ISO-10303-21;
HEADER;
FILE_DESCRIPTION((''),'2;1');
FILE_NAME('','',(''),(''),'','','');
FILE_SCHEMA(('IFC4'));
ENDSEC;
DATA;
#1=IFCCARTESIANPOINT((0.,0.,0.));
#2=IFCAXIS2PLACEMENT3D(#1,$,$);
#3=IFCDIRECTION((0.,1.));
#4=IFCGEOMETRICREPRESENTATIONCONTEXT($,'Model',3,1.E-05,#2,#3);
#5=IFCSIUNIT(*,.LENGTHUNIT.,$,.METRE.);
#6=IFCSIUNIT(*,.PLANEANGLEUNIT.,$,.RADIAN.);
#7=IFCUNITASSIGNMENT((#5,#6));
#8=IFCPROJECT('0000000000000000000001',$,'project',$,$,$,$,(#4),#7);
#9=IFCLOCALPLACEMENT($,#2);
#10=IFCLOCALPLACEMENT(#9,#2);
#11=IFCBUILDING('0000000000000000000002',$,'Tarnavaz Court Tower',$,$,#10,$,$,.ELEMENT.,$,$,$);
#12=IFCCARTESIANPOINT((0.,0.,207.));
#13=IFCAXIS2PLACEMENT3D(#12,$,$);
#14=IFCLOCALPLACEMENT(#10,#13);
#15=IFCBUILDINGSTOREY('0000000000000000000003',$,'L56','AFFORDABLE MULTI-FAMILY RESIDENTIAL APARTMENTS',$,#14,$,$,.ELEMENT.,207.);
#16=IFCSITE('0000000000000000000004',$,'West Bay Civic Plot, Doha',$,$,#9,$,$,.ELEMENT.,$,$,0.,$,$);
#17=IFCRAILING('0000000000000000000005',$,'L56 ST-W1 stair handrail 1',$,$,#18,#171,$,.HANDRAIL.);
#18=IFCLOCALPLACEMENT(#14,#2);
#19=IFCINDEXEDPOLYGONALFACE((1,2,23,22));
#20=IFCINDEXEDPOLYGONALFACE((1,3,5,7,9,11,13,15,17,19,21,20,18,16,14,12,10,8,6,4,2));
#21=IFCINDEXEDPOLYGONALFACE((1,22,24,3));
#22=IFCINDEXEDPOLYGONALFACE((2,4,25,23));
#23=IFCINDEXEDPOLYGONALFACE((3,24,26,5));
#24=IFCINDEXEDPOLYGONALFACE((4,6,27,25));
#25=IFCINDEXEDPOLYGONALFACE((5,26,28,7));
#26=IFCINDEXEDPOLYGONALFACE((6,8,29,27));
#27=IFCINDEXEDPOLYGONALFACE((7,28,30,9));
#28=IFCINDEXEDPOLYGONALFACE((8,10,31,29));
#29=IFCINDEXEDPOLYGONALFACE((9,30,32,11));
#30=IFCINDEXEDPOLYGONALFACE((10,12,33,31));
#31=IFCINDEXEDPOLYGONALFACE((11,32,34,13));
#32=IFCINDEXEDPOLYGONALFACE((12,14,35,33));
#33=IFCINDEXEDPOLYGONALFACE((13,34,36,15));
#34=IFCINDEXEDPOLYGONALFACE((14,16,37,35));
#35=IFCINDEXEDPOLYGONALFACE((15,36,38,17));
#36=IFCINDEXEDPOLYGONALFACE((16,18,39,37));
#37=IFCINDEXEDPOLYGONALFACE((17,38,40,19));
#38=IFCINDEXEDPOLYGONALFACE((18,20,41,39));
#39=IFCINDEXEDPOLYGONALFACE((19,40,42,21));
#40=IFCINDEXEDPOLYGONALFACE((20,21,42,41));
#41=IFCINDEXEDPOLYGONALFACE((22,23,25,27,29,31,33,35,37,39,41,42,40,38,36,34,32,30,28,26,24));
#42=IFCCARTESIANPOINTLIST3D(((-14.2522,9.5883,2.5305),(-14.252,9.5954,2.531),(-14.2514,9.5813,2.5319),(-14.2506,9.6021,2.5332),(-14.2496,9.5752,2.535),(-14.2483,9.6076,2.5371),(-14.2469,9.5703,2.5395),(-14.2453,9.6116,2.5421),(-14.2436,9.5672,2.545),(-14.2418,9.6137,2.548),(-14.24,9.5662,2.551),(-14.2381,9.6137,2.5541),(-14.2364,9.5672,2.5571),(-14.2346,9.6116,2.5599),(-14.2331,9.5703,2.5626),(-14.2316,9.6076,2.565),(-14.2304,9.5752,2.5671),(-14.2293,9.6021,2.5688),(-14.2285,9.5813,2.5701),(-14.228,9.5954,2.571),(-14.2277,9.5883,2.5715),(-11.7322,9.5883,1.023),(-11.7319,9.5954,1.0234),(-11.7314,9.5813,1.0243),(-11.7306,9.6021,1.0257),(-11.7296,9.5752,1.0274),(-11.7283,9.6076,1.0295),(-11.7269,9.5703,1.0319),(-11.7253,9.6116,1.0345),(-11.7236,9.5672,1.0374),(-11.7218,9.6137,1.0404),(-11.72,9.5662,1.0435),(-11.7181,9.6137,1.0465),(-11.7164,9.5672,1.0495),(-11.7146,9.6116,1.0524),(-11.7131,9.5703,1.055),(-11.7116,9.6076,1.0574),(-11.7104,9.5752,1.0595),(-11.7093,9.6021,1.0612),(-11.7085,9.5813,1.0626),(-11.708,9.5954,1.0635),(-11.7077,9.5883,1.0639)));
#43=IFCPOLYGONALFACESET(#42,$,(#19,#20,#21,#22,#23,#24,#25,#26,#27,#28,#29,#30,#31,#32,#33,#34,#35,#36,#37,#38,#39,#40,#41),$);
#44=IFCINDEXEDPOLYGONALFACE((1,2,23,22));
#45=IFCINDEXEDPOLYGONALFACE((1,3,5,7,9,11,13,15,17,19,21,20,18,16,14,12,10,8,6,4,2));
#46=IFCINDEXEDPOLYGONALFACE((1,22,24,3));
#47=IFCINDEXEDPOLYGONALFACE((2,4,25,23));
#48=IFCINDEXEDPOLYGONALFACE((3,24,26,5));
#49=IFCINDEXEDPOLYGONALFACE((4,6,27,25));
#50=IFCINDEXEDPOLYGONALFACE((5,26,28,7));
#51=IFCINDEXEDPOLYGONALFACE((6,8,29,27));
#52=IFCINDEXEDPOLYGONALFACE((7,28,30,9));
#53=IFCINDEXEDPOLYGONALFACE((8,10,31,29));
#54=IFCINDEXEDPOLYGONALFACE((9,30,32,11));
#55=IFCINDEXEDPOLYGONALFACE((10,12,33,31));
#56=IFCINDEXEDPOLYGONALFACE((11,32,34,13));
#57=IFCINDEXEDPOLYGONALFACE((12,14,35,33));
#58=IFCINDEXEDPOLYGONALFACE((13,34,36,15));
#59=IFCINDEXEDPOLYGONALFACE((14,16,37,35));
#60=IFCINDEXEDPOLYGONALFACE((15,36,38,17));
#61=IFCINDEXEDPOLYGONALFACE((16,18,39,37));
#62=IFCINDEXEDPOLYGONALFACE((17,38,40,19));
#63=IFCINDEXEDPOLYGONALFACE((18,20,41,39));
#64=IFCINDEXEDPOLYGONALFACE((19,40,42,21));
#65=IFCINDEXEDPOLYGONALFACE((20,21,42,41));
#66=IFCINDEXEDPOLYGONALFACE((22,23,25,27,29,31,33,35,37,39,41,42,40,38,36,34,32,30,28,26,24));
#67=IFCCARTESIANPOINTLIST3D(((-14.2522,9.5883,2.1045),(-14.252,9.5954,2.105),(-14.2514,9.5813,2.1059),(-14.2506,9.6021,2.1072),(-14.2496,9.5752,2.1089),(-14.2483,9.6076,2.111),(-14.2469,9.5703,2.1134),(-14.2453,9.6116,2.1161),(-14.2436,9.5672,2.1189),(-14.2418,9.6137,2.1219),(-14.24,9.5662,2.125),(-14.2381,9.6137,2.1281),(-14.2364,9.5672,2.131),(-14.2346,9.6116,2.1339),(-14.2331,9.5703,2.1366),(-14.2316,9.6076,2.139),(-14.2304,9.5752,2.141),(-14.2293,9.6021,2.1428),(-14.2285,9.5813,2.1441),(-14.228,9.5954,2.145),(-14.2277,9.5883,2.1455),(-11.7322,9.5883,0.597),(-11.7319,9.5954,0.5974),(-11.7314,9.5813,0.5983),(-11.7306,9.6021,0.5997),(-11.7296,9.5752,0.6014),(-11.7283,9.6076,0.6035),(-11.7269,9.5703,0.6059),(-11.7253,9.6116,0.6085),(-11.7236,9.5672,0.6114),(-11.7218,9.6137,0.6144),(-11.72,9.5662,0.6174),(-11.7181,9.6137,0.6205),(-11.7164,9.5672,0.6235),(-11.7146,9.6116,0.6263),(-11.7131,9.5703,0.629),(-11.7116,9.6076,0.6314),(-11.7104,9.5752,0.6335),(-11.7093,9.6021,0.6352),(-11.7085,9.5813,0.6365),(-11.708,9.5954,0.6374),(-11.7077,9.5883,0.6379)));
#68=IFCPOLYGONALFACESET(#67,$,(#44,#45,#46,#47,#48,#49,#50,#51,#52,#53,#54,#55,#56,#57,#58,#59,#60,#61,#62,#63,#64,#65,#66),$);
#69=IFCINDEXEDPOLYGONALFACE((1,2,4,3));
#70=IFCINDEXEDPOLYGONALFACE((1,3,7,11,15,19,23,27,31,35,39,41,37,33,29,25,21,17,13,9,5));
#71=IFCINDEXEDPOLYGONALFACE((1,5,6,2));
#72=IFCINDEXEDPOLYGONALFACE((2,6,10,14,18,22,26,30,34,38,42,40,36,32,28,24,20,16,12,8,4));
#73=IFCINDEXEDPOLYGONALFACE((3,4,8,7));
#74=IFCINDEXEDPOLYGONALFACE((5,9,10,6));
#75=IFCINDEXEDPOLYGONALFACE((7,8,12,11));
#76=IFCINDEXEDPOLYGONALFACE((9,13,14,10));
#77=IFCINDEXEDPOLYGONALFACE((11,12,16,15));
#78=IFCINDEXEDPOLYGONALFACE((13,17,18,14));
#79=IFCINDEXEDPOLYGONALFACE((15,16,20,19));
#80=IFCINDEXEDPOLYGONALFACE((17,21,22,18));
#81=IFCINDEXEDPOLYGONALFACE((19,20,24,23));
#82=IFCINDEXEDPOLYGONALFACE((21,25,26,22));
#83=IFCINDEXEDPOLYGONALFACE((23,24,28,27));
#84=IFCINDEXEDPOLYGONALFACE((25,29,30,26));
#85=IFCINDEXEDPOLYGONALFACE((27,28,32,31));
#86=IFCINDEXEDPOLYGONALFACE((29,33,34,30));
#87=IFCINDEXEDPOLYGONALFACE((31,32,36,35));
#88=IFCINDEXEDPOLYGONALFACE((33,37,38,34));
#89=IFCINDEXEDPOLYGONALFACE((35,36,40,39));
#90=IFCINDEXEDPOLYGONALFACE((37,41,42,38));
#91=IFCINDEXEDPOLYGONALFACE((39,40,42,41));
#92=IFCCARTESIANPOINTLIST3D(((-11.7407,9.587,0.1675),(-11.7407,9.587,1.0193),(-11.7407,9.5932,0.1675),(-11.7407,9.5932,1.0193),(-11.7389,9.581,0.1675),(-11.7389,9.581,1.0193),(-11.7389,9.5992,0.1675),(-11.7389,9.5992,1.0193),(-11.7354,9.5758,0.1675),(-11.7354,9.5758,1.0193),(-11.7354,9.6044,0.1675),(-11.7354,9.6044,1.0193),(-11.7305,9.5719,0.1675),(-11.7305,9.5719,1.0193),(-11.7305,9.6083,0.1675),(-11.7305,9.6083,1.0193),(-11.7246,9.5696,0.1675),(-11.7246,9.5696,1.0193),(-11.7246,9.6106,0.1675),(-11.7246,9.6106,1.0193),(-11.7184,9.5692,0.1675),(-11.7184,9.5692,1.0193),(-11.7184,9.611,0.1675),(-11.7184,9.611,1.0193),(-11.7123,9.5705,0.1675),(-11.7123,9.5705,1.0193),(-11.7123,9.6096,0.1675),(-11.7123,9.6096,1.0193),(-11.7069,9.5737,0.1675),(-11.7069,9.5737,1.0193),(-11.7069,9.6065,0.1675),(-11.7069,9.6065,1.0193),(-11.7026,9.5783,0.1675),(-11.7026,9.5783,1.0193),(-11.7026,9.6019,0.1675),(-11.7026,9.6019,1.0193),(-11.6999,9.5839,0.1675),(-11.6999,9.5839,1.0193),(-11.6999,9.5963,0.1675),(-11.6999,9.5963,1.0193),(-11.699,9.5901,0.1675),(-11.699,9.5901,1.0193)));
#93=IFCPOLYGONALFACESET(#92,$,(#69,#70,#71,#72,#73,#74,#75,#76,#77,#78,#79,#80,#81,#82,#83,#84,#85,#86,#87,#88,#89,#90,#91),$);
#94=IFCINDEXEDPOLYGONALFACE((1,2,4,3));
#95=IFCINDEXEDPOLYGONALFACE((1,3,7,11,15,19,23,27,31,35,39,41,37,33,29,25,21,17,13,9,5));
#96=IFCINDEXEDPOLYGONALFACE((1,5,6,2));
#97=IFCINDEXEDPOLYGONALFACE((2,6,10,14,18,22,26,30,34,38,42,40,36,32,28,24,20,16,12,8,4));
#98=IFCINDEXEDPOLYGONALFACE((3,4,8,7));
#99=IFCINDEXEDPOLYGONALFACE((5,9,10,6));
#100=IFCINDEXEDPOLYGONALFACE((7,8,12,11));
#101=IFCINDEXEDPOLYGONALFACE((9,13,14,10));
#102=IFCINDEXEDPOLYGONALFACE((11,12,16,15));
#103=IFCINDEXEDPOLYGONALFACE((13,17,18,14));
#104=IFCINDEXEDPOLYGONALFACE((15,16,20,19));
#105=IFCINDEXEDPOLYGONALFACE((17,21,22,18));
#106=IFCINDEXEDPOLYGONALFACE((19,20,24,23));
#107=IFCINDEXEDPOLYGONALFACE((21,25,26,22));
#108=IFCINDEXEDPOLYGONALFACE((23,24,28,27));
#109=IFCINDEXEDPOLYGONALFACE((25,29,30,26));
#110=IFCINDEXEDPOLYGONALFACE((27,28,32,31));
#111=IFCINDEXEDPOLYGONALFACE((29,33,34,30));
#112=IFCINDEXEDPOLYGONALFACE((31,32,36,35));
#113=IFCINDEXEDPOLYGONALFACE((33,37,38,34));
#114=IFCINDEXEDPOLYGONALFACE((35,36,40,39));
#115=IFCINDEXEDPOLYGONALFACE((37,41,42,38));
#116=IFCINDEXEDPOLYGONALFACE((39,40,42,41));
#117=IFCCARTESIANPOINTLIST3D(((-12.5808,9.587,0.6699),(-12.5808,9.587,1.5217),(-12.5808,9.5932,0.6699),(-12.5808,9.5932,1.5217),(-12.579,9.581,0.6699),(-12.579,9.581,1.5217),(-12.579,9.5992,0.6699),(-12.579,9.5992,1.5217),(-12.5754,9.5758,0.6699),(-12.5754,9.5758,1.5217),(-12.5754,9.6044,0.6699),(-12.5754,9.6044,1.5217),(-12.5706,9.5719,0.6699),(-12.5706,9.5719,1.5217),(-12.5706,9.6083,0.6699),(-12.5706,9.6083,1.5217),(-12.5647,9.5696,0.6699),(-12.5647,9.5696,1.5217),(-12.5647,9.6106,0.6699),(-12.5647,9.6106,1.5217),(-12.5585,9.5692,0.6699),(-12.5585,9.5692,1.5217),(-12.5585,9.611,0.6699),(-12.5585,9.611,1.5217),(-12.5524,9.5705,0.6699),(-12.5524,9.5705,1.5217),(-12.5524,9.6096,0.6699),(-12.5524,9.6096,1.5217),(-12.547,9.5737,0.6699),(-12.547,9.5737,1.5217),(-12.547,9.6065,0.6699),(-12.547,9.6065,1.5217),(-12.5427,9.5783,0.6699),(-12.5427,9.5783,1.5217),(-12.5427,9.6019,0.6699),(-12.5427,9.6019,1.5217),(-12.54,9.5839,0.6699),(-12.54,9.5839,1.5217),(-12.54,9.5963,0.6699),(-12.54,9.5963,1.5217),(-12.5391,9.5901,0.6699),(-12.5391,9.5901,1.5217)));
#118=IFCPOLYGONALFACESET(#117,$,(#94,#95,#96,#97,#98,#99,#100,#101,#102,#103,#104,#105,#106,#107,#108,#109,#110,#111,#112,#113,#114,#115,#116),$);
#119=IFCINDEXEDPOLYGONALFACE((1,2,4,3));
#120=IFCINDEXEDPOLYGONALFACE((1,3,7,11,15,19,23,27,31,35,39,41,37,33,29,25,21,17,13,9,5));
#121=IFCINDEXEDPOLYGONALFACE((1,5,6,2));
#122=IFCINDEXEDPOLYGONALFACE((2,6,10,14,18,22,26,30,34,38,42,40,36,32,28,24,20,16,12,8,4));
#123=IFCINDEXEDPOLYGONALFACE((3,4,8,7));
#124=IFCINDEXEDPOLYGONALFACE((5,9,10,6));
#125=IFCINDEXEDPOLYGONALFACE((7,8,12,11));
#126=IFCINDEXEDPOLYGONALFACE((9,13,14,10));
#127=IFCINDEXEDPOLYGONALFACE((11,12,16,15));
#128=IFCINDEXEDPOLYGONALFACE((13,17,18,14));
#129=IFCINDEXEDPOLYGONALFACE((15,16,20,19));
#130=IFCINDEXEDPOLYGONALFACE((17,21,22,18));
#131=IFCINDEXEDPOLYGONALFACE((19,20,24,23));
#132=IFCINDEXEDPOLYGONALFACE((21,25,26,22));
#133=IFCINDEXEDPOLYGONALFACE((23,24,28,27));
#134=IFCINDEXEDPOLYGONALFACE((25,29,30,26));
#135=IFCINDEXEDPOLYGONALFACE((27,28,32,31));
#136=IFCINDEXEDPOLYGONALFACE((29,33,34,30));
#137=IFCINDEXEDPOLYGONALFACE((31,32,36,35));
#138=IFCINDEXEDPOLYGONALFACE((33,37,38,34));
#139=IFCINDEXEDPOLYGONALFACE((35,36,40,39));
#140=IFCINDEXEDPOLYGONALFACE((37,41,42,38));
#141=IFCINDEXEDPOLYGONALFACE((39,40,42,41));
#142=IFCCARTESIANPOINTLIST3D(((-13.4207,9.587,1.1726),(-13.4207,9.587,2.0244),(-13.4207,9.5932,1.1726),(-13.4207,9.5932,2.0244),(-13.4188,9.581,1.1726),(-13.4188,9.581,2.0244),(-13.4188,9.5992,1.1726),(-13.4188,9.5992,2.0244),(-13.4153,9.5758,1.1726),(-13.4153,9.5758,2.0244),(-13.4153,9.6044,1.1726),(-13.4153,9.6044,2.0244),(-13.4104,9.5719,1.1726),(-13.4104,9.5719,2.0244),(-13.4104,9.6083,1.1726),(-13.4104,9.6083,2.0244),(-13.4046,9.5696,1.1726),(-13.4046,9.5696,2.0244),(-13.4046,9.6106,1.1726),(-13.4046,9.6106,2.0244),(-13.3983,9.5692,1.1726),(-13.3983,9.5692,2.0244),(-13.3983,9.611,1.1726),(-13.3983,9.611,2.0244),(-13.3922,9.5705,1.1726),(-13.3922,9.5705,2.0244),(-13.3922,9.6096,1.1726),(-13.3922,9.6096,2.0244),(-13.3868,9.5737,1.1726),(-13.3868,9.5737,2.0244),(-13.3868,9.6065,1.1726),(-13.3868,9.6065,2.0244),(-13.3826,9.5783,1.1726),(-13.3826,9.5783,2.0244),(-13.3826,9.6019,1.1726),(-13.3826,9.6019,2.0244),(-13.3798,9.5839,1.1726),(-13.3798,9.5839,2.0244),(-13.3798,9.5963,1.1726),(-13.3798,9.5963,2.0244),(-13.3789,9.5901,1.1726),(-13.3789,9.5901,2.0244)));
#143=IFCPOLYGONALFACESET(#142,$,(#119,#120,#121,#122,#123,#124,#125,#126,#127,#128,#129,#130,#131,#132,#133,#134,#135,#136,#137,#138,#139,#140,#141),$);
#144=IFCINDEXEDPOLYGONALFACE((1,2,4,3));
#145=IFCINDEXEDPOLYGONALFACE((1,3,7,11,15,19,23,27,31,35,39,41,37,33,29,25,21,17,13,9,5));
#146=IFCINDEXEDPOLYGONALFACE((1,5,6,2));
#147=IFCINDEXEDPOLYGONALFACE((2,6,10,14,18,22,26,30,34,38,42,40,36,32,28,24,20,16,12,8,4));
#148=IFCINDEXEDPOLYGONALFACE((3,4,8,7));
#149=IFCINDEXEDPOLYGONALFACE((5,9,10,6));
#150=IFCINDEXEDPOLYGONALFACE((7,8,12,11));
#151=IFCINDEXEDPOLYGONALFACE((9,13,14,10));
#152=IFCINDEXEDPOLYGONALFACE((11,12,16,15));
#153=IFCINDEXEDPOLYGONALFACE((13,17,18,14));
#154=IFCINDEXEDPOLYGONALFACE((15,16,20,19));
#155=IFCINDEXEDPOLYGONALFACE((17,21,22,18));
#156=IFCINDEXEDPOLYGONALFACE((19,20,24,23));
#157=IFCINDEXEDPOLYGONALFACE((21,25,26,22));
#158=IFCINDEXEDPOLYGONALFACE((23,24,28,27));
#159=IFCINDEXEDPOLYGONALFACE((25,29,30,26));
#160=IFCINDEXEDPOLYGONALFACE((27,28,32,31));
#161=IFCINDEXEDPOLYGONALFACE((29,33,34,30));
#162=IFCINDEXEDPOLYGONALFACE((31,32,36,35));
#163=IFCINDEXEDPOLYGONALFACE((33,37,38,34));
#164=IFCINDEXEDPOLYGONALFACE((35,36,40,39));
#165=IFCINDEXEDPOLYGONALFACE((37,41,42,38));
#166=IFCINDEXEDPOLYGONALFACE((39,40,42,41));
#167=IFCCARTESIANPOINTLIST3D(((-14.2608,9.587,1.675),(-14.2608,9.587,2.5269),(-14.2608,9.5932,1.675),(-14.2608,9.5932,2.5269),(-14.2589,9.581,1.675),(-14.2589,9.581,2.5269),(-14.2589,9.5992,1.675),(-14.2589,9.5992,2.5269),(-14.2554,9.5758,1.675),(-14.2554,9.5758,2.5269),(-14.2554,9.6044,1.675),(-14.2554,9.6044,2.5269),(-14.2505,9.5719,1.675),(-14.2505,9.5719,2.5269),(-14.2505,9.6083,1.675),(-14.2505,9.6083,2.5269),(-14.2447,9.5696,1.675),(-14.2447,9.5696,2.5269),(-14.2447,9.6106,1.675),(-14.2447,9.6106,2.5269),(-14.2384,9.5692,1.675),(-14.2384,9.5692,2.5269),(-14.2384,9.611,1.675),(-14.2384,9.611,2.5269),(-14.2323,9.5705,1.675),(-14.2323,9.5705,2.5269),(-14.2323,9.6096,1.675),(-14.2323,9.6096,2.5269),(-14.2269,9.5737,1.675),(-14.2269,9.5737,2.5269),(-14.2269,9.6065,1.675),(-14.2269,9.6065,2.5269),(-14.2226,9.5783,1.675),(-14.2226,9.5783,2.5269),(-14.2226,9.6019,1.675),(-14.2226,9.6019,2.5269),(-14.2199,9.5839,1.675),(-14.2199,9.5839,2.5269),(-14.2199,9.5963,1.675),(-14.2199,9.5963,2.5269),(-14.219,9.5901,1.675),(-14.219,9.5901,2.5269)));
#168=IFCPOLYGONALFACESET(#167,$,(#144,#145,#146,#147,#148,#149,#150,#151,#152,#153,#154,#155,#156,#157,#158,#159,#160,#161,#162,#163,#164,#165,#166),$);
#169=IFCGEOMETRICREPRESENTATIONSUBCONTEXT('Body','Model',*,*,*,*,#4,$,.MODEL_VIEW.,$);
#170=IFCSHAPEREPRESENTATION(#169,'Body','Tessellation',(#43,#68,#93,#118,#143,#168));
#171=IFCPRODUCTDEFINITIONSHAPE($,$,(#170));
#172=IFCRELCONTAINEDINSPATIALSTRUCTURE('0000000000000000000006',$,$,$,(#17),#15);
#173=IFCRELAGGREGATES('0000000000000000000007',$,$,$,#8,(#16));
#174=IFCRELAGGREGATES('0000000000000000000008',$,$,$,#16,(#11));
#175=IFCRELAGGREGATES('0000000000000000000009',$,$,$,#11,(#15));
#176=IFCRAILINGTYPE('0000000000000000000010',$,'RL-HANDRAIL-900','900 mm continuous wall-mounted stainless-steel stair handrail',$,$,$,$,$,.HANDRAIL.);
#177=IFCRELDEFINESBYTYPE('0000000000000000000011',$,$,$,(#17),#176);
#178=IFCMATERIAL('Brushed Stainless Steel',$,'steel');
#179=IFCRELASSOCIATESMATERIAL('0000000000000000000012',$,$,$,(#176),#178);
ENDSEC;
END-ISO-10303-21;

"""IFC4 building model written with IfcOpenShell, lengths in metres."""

from ifc_helpers import new_model, si_unit, direction, frame, origin, origin_2d, place, context, subcontext, project, spatial, circle, extrude, material, type_object, element, save


model = new_model("IFC4")

# Units and contexts
model_context = context("Model", 3, precision=1e-05, world=origin(), true_north=direction((0.0, 1.0)))
body_context = subcontext(model_context, "Body", "Model", "MODEL_VIEW")
ifc_project = project(units=[si_unit("LENGTHUNIT", "METRE"), si_unit("PLANEANGLEUNIT", "RADIAN")], contexts=[model_context])

# Site, building, storey
site_placement = place(None, origin())
site = spatial("IfcSite", under=ifc_project, at=site_placement, Name="West Bay Civic Plot, Doha", CompositionType="ELEMENT", RefElevation=0.0)
building_placement = place(site_placement, origin())
building = spatial("IfcBuilding", under=site, at=building_placement, Name="Tarnavaz Court Tower", CompositionType="ELEMENT")
storey_placement = place(building_placement, frame((0.0, 0.0, 207.0)))
storey = spatial("IfcBuildingStorey", under=building, at=storey_placement, Name="L56", Description="AFFORDABLE MULTI-FAMILY RESIDENTIAL APARTMENTS", CompositionType="ELEMENT", Elevation=207.0)

# Railing
ifc_material_1 = material(Name="Brushed Stainless Steel", Category="steel")
railing_type_1 = type_object("IfcRailingType", Name="RL-HANDRAIL-900", Description="900 mm continuous wall-mounted stainless-steel stair handrail", PredefinedType="HANDRAIL", material=ifc_material_1)
railing_1_placement = place(storey_placement, frame((-11.72, 9.5901, 0.1675)))
element("IfcRailing", 1, at=railing_1_placement, inside=storey, type_object=railing_type_1, Name="L56 ST-W1 stair handrail 1", PredefinedType="HANDRAIL", context=body_context, shape_type="SweptSolid", body=[
    extrude(circle(Radius=0.0239, at=origin_2d()), frame((0.0, 0.0, 0.876), z_axis=(-0.85816, 0.0, 0.513383), x_axis=(0.0, -1.0, 0.0)), (0.0, 0.0, 1.0), 2.9365),
    extrude(circle(Radius=0.0239, at=origin_2d()), frame((0.0, 0.0, 0.45), z_axis=(-0.85816, 0.0, 0.513383), x_axis=(0.0, -1.0, 0.0)), (0.0, 0.0, 1.0), 2.9365),
    extrude(circle(Radius=0.021, at=origin_2d()), origin(), (0.0, 0.0, 1.0), 0.8518),
    extrude(circle(Radius=0.021, at=origin_2d()), frame((-0.8401, 0.0, 0.5024)), (0.0, 0.0, 1.0), 0.8518),
    extrude(circle(Radius=0.021, at=origin_2d()), frame((-1.6799, 0.0, 1.0051)), (0.0, 0.0, 1.0), 0.8518),
    extrude(circle(Radius=0.021, at=origin_2d()), frame((-2.52, 0.0, 1.5076)), (0.0, 0.0, 1.0), 0.8518),
])

save(model, "model.ifc")
